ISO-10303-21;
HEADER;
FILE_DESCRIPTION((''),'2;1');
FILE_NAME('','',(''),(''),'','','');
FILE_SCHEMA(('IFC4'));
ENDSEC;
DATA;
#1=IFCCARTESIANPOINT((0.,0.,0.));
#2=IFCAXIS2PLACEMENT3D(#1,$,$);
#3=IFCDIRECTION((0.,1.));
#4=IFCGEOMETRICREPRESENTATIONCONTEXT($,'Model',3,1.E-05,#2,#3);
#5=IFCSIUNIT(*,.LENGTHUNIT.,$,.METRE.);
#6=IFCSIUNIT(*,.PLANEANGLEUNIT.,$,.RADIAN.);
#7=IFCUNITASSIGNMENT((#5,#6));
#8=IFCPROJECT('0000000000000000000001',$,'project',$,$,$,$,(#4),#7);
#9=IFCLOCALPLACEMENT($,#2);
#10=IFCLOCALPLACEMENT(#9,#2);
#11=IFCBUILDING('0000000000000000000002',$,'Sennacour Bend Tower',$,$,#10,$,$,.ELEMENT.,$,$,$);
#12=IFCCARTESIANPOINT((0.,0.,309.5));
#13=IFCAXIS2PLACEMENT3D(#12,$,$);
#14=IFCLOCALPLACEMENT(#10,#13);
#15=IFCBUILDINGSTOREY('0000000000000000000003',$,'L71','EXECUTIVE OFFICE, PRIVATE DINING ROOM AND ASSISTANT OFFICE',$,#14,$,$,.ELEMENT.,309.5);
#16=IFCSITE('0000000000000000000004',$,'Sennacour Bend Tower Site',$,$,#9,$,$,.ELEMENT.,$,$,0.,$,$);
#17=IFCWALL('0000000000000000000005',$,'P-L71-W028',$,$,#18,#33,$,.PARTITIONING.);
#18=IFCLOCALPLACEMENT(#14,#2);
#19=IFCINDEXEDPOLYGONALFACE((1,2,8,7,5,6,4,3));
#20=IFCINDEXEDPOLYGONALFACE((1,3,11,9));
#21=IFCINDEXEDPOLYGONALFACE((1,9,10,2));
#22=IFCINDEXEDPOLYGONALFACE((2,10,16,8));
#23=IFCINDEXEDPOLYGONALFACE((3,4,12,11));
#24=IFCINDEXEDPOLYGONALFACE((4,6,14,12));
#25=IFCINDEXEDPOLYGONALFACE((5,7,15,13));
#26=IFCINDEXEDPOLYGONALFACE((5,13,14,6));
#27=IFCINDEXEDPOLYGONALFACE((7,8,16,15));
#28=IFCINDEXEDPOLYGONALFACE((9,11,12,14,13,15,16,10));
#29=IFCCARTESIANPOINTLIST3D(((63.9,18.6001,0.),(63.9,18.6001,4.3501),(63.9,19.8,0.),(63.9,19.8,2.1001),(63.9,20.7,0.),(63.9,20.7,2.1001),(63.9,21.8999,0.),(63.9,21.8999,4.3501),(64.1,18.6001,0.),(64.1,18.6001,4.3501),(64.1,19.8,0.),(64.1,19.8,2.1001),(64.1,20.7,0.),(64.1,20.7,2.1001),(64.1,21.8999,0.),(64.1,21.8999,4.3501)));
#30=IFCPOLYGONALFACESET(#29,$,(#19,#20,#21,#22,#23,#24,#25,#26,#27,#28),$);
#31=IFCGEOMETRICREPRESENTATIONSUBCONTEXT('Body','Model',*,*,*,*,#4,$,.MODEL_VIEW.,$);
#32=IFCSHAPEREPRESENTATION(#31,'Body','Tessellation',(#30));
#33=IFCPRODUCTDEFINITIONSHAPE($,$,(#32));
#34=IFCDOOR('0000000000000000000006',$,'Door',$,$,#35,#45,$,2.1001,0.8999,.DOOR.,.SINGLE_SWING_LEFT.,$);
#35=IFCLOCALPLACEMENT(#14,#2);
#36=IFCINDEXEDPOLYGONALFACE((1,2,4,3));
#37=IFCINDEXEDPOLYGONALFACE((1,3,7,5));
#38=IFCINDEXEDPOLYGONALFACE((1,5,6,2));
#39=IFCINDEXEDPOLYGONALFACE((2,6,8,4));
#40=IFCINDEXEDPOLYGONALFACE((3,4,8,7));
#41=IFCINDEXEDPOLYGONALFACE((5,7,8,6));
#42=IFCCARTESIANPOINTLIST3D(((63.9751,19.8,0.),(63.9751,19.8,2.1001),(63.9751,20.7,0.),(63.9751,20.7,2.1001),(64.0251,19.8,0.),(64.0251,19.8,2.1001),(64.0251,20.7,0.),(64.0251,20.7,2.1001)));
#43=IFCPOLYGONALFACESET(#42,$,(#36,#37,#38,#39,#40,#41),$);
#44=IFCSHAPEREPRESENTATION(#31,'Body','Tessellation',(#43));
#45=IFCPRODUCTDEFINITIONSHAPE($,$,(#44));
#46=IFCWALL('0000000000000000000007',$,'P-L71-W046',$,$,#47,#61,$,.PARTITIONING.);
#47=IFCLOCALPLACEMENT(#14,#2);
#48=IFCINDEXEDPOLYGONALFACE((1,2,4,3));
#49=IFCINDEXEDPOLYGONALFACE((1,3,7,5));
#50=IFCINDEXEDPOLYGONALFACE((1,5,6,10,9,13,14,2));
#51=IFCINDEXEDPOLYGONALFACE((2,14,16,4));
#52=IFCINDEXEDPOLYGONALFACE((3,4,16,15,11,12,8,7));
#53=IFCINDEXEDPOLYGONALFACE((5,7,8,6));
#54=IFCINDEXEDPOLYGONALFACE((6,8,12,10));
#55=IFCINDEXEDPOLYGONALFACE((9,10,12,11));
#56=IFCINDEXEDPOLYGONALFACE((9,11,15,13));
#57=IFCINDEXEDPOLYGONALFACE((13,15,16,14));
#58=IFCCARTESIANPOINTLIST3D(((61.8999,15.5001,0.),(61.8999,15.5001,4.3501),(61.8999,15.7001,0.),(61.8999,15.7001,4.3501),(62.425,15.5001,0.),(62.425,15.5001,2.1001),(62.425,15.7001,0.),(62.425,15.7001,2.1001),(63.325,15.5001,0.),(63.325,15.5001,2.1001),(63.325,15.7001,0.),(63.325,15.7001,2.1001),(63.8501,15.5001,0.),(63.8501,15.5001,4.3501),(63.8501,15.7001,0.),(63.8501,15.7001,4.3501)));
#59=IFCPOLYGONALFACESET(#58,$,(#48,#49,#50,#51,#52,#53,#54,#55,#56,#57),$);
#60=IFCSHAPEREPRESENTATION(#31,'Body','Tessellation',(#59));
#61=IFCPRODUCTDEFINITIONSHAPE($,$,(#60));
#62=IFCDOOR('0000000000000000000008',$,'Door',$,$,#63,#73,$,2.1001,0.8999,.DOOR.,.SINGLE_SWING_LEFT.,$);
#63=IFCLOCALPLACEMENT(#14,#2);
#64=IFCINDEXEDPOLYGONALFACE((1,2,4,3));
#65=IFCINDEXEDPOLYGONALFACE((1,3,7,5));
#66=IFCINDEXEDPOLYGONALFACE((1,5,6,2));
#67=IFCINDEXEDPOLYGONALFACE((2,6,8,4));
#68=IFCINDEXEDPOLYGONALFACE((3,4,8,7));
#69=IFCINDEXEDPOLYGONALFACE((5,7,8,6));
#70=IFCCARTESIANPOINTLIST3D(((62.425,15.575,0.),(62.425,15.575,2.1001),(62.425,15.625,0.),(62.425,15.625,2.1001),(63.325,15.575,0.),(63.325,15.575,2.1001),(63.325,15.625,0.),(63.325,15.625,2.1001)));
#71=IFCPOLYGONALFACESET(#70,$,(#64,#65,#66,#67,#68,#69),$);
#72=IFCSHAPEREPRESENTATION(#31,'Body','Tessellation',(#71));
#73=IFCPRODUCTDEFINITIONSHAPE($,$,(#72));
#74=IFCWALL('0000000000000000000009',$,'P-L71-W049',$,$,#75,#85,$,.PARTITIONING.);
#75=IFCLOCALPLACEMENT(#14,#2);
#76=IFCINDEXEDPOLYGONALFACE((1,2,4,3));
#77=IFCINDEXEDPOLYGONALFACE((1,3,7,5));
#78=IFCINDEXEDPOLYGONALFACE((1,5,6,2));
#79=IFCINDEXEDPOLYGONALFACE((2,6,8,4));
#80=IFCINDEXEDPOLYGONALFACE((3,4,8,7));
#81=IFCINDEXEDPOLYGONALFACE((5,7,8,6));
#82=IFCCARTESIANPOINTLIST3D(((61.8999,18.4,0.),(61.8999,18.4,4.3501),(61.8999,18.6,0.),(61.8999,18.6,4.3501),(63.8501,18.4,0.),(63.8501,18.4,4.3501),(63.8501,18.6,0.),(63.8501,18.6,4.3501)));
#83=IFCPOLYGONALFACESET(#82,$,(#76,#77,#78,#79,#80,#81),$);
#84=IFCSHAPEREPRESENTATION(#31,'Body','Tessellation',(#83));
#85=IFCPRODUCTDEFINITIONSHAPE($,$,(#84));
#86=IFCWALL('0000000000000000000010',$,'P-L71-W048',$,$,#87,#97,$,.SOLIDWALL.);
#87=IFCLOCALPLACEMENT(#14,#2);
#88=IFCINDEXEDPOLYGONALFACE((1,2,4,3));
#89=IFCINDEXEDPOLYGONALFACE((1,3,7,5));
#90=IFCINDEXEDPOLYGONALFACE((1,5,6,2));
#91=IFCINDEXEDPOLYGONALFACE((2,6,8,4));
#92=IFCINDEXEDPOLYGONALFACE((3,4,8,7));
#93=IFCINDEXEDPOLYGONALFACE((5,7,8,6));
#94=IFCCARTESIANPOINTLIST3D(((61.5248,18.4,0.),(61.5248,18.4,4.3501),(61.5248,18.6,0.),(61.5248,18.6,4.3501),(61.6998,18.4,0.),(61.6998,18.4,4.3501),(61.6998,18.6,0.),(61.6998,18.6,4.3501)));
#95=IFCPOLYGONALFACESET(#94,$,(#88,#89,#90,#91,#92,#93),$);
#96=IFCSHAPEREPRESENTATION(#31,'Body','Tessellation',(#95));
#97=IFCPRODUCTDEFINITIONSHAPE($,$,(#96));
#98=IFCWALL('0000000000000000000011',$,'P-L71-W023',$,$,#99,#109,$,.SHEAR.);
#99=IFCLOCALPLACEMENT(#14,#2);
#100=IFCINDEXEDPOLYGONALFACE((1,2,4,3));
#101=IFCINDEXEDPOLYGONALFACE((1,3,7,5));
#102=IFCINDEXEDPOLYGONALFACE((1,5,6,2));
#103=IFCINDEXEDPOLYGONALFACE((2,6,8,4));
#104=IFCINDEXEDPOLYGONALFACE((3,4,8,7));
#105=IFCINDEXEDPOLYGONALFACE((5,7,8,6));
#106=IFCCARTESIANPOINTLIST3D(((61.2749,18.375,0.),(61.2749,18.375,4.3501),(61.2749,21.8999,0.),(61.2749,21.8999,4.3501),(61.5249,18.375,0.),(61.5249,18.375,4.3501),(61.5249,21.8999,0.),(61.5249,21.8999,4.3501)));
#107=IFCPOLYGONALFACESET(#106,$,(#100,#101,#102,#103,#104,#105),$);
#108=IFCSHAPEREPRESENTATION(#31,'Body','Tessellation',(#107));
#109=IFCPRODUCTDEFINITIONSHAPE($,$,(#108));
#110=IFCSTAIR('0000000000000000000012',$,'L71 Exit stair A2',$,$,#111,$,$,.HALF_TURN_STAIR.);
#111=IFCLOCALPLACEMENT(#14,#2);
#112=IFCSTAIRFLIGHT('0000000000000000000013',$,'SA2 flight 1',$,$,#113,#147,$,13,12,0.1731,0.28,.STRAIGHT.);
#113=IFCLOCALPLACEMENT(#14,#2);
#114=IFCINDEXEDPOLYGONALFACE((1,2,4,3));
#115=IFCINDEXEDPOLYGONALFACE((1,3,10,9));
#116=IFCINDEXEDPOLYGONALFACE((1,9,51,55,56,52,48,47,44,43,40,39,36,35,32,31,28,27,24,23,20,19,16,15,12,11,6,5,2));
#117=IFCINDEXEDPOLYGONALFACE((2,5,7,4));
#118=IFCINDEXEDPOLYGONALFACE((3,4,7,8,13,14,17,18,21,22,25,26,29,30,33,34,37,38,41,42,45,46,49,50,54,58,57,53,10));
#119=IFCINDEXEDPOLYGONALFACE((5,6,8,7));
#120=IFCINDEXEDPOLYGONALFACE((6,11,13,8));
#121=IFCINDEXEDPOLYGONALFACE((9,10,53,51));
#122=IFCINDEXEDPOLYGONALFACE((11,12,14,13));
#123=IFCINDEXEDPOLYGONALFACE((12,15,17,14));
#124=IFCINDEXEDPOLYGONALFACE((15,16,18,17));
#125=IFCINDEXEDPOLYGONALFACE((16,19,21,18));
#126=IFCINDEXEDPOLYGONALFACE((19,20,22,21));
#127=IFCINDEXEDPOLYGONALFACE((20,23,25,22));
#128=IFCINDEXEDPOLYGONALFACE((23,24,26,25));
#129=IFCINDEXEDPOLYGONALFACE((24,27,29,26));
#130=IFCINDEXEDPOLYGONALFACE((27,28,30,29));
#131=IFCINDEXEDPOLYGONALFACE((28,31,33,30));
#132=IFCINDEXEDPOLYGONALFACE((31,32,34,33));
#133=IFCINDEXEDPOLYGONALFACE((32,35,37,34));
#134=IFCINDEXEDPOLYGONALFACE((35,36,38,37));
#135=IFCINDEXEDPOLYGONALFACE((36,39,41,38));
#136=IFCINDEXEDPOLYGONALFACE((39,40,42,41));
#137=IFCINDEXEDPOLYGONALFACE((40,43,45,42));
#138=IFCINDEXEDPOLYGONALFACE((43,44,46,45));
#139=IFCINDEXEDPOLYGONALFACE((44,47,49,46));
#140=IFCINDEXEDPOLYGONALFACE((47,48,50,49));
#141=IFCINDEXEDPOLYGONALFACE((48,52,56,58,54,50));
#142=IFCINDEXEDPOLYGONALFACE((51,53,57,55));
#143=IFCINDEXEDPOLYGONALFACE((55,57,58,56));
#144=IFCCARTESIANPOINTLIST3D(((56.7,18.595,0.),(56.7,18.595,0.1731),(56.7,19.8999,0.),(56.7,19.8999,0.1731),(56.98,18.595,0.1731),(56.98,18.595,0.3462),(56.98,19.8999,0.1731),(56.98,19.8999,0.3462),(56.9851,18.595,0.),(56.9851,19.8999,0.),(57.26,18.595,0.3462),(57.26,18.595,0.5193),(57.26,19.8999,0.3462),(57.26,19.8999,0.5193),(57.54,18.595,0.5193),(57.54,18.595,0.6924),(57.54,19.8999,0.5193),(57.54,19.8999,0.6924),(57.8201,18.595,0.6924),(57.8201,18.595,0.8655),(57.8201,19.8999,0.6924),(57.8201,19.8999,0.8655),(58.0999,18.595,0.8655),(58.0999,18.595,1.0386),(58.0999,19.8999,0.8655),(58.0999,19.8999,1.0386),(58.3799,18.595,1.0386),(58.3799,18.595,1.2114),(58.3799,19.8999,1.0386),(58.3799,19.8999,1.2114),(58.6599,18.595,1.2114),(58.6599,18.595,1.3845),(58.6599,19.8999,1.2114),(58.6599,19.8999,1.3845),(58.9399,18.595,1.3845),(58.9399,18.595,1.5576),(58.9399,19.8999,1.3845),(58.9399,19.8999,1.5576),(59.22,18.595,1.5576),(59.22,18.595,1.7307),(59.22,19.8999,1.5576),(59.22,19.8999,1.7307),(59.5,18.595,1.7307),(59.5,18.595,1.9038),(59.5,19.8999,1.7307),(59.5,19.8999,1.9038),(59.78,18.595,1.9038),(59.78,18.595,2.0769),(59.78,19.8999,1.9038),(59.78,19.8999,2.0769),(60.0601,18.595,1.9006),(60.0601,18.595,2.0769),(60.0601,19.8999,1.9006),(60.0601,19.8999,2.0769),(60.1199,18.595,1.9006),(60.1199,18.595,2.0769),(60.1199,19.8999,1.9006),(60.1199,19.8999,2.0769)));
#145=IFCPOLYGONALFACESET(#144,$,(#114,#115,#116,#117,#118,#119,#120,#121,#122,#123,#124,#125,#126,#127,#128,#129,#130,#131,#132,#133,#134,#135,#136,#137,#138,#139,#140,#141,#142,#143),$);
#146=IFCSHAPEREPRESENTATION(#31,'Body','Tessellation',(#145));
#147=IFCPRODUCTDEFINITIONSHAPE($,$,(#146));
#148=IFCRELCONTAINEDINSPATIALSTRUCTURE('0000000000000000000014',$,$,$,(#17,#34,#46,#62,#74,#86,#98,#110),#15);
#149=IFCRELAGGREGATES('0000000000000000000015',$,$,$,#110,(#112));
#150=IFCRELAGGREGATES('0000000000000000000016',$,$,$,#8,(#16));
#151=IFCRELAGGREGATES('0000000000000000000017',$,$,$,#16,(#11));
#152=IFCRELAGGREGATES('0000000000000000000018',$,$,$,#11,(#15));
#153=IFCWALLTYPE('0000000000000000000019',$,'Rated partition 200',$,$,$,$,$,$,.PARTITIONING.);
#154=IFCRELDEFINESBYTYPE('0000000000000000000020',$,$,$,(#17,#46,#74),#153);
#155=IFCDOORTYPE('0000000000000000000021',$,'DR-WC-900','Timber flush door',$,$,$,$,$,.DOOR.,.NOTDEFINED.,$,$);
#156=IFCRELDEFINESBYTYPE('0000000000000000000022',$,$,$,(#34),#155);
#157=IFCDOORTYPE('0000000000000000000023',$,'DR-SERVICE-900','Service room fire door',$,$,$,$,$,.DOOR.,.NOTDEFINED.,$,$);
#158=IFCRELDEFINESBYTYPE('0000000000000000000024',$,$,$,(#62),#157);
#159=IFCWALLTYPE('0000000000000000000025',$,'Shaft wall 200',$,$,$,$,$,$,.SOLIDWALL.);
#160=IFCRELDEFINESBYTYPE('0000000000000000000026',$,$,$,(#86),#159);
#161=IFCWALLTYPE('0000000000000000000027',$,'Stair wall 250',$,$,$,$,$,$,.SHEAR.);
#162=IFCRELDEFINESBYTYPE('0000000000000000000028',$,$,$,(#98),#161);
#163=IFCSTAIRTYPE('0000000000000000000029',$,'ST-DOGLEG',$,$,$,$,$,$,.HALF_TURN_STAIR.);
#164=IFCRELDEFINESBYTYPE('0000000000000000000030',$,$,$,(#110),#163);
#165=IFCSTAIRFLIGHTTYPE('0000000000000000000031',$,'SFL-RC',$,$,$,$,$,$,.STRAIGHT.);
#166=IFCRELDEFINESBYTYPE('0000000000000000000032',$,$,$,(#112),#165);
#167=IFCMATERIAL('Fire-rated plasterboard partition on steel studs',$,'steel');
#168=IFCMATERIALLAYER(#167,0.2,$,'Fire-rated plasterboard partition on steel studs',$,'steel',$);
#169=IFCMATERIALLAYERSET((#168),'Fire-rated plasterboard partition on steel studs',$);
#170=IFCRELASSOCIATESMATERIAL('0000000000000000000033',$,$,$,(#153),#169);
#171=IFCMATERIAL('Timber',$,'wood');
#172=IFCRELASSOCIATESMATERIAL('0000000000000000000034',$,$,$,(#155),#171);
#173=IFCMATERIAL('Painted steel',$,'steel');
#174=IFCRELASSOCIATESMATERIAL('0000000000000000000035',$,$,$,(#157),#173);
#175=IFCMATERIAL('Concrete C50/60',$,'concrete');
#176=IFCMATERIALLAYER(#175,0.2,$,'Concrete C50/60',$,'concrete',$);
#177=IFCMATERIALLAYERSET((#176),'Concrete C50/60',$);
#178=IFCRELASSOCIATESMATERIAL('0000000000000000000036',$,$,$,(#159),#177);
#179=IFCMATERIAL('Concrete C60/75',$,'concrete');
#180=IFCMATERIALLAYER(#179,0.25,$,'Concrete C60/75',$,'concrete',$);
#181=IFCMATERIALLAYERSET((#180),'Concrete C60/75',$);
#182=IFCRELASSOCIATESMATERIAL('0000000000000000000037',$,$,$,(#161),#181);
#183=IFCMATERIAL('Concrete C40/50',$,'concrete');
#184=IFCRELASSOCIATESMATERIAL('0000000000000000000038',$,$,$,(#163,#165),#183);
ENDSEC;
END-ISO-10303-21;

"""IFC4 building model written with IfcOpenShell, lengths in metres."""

from ifc_helpers import new_model, si_unit, direction, frame, frame_2d, origin, place, context, subcontext, project, spatial, polyline, rectangle, outline, extrude, material, layer, layer_set, type_object, element, fill, aggregate, save


model = new_model("IFC4")

# Units and contexts
model_context = context("Model", 3, precision=1e-05, world=origin(), true_north=direction((0.0, 1.0)))
body_context = subcontext(model_context, "Body", "Model", "MODEL_VIEW")
ifc_project = project(units=[si_unit("LENGTHUNIT", "METRE"), si_unit("PLANEANGLEUNIT", "RADIAN")], contexts=[model_context])

# Site, building, storey
site_placement = place(None, origin())
site = spatial("IfcSite", under=ifc_project, at=site_placement, Name="Sennacour Bend Tower Site", CompositionType="ELEMENT", RefElevation=0.0)
building_placement = place(site_placement, origin())
building = spatial("IfcBuilding", under=site, at=building_placement, Name="Sennacour Bend Tower", CompositionType="ELEMENT")
storey_placement = place(building_placement, frame((0.0, 0.0, 309.5)))
storey = spatial("IfcBuildingStorey", under=building, at=storey_placement, Name="L71", Description="EXECUTIVE OFFICE, PRIVATE DINING ROOM AND ASSISTANT OFFICE", CompositionType="ELEMENT", Elevation=309.5)

# Walls, openings, doors
ifc_material_1 = material(Name="Fire-rated plasterboard partition on steel studs", Category="steel")
ifc_layer_1 = layer(ifc_material_1, 0.2, Name="Fire-rated plasterboard partition on steel studs", Category="steel")
ifc_layer_set_1 = layer_set([ifc_layer_1], Name="Fire-rated plasterboard partition on steel studs")
wall_type_1 = type_object("IfcWallType", Name="Rated partition 200", PredefinedType="PARTITIONING", material=ifc_layer_set_1)
wall_1_placement = place(storey_placement, frame((64.0, 18.6001, 0.0), z_axis=(0.0, 0.0, 1.0), x_axis=(0.0, 1.0, 0.0)))
wall_1 = element("IfcWall", 1, at=wall_1_placement, inside=storey, type_object=wall_type_1, Name="P-L71-W028", PredefinedType="PARTITIONING", context=body_context, shape_type="SweptSolid", body=[
    extrude(rectangle(XDim=3.2998, YDim=0.2, at=frame_2d((1.6499, 0.0))), origin(), (0.0, 0.0, 1.0), 4.3501),
])
opening_1_placement = place(wall_1_placement, frame((1.2, 0.0, 0.0)))
opening_1 = element("IfcOpeningElement", 2, at=opening_1_placement, cuts=wall_1, PredefinedType="OPENING", context=body_context, shape_type="SweptSolid", body=[
    extrude(rectangle(XDim=0.8999, YDim=2.1001, at=frame_2d((0.45, 1.05))), frame((0.0, 0.1099, 0.0), z_axis=(0.0, -1.0, 0.0), x_axis=(1.0, 0.0, 0.0)), (0.0, 0.0, 1.0), 0.22),
])
ifc_material_2 = material(Name="Timber", Category="wood")
door_type_1 = type_object("IfcDoorType", Name="DR-WC-900", Description="Timber flush door", OperationType="NOTDEFINED", PredefinedType="DOOR", material=ifc_material_2)
door_1_placement = place(opening_1_placement, origin())
door_1 = element("IfcDoor", 3, at=door_1_placement, inside=storey, type_object=door_type_1, Name="Door", OperationType="SINGLE_SWING_LEFT", OverallHeight=2.1001, OverallWidth=0.8999, PredefinedType="DOOR", context=body_context, shape_type="SweptSolid", body=[
    extrude(rectangle(XDim=0.8999, YDim=2.1001, at=frame_2d((0.45, 1.05))), frame((0.0, 0.0249, 0.0), z_axis=(0.0, -1.0, 0.0), x_axis=(1.0, 0.0, 0.0)), (0.0, 0.0, 1.0), 0.05),
])
fill(opening_1, door_1)
wall_2_placement = place(storey_placement, frame((61.8999, 15.6001, 0.0), z_axis=(0.0, 0.0, 1.0), x_axis=(1.0, 0.0, 0.0)))
wall_2 = element("IfcWall", 4, at=wall_2_placement, inside=storey, type_object=wall_type_1, Name="P-L71-W046", PredefinedType="PARTITIONING", context=body_context, shape_type="SweptSolid", body=[
    extrude(rectangle(XDim=1.9502, YDim=0.2, at=frame_2d((0.9751, 0.0))), origin(), (0.0, 0.0, 1.0), 4.3501),
])
opening_2_placement = place(wall_2_placement, frame((0.5251, 0.0, 0.0)))
opening_2 = element("IfcOpeningElement", 5, at=opening_2_placement, cuts=wall_2, PredefinedType="OPENING", context=body_context, shape_type="SweptSolid", body=[
    extrude(rectangle(XDim=0.8999, YDim=2.1001, at=frame_2d((0.45, 1.05))), frame((0.0, 0.1099, 0.0), z_axis=(0.0, -1.0, 0.0), x_axis=(1.0, 0.0, 0.0)), (0.0, 0.0, 1.0), 0.22),
])
ifc_material_3 = material(Name="Painted steel", Category="steel")
door_type_2 = type_object("IfcDoorType", Name="DR-SERVICE-900", Description="Service room fire door", OperationType="NOTDEFINED", PredefinedType="DOOR", material=ifc_material_3)
door_2_placement = place(opening_2_placement, origin())
door_2 = element("IfcDoor", 6, at=door_2_placement, inside=storey, type_object=door_type_2, Name="Door", OperationType="SINGLE_SWING_LEFT", OverallHeight=2.1001, OverallWidth=0.8999, PredefinedType="DOOR", context=body_context, shape_type="SweptSolid", body=[
    extrude(rectangle(XDim=0.8999, YDim=2.1001, at=frame_2d((0.45, 1.05))), frame((0.0, 0.0249, 0.0), z_axis=(0.0, -1.0, 0.0), x_axis=(1.0, 0.0, 0.0)), (0.0, 0.0, 1.0), 0.05),
])
fill(opening_2, door_2)

# Walls
wall_3_placement = place(storey_placement, frame((61.8999, 18.5, 0.0), z_axis=(0.0, 0.0, 1.0), x_axis=(1.0, 0.0, 0.0)))
element("IfcWall", 7, at=wall_3_placement, inside=storey, type_object=wall_type_1, Name="P-L71-W049", PredefinedType="PARTITIONING", context=body_context, shape_type="SweptSolid", body=[
    extrude(rectangle(XDim=1.9502, YDim=0.2, at=frame_2d((0.9751, 0.0))), origin(), (0.0, 0.0, 1.0), 4.3501),
])
ifc_material_4 = material(Name="Concrete C50/60", Category="concrete")
ifc_layer_2 = layer(ifc_material_4, 0.2, Name="Concrete C50/60", Category="concrete")
ifc_layer_set_2 = layer_set([ifc_layer_2], Name="Concrete C50/60")
wall_type_2 = type_object("IfcWallType", Name="Shaft wall 200", PredefinedType="SOLIDWALL", material=ifc_layer_set_2)
wall_4_placement = place(storey_placement, frame((61.5249, 18.5, 0.0), z_axis=(0.0, 0.0, 1.0), x_axis=(1.0, 0.0, 0.0)))
element("IfcWall", 8, at=wall_4_placement, inside=storey, type_object=wall_type_2, Name="P-L71-W048", PredefinedType="SOLIDWALL", context=body_context, shape_type="SweptSolid", body=[
    extrude(rectangle(XDim=0.175, YDim=0.2, at=frame_2d((0.0874, 0.0))), origin(), (0.0, 0.0, 1.0), 4.3501),
])
ifc_material_5 = material(Name="Concrete C60/75", Category="concrete")
ifc_layer_3 = layer(ifc_material_5, 0.25, Name="Concrete C60/75", Category="concrete")
ifc_layer_set_3 = layer_set([ifc_layer_3], Name="Concrete C60/75")
wall_type_3 = type_object("IfcWallType", Name="Stair wall 250", PredefinedType="SHEAR", material=ifc_layer_set_3)
wall_5_placement = place(storey_placement, frame((61.3999, 18.375, 0.0), z_axis=(0.0, 0.0, 1.0), x_axis=(0.0, 1.0, 0.0)))
element("IfcWall", 9, at=wall_5_placement, inside=storey, type_object=wall_type_3, Name="P-L71-W023", PredefinedType="SHEAR", context=body_context, shape_type="SweptSolid", body=[
    extrude(rectangle(XDim=3.5249, YDim=0.25, at=frame_2d((1.7625, 0.0))), origin(), (0.0, 0.0, 1.0), 4.3501),
])

# Stair, stair flight
ifc_material_6 = material(Name="Concrete C40/50", Category="concrete")
stair_type = type_object("IfcStairType", Name="ST-DOGLEG", PredefinedType="HALF_TURN_STAIR", material=ifc_material_6)
stair_placement = place(storey_placement, origin())
stair = element("IfcStair", 10, at=stair_placement, inside=storey, type_object=stair_type, Name="L71 Exit stair A2", PredefinedType="HALF_TURN_STAIR")
stair_flight_type = type_object("IfcStairFlightType", Name="SFL-RC", PredefinedType="STRAIGHT", material=ifc_material_6)
stair_flight_1_placement = place(storey_placement, frame((56.7, 19.2476, 0.0), z_axis=(0.0, 0.0, 1.0), x_axis=(1.0, 0.0, 0.0)))
stair_flight_1 = element("IfcStairFlight", 11, at=stair_flight_1_placement, type_object=stair_flight_type, Name="SA2 flight 1", NumberOfRisers=13, NumberOfTreads=12, PredefinedType="STRAIGHT", RiserHeight=0.1731, TreadLength=0.28, context=body_context, shape_type="SweptSolid", body=[
    extrude(outline(polyline([(0.0, 0.0), (0.0, 0.1731), (0.28, 0.1731), (0.28, 0.3462), (0.5601, 0.3462), (0.5601, 0.5193), (0.8401, 0.5193), (0.8401, 0.6924), (1.1201, 0.6924), (1.1201, 0.8655), (1.3999, 0.8655), (1.3999, 1.0386), (1.6799, 1.0386), (1.6799, 1.2114), (1.96, 1.2114), (1.96, 1.3845), (2.24, 1.3845), (2.24, 1.5576), (2.52, 1.5576), (2.52, 1.7307), (2.8, 1.7307), (2.8, 1.9038), (3.0801, 1.9038), (3.0801, 2.0769), (3.3601, 2.0769), (3.4199, 2.0769), (3.4199, 1.9006), (3.3601, 1.9006), (0.2852, 0.0), (0.0, 0.0)])), frame((0.0, 0.6523, 0.0), z_axis=(0.0, -1.0, 0.0), x_axis=(1.0, 0.0, 0.0)), (0.0, 0.0, 1.0), 1.3049),
])
aggregate(stair, [stair_flight_1])

save(model, "model.ifc")
